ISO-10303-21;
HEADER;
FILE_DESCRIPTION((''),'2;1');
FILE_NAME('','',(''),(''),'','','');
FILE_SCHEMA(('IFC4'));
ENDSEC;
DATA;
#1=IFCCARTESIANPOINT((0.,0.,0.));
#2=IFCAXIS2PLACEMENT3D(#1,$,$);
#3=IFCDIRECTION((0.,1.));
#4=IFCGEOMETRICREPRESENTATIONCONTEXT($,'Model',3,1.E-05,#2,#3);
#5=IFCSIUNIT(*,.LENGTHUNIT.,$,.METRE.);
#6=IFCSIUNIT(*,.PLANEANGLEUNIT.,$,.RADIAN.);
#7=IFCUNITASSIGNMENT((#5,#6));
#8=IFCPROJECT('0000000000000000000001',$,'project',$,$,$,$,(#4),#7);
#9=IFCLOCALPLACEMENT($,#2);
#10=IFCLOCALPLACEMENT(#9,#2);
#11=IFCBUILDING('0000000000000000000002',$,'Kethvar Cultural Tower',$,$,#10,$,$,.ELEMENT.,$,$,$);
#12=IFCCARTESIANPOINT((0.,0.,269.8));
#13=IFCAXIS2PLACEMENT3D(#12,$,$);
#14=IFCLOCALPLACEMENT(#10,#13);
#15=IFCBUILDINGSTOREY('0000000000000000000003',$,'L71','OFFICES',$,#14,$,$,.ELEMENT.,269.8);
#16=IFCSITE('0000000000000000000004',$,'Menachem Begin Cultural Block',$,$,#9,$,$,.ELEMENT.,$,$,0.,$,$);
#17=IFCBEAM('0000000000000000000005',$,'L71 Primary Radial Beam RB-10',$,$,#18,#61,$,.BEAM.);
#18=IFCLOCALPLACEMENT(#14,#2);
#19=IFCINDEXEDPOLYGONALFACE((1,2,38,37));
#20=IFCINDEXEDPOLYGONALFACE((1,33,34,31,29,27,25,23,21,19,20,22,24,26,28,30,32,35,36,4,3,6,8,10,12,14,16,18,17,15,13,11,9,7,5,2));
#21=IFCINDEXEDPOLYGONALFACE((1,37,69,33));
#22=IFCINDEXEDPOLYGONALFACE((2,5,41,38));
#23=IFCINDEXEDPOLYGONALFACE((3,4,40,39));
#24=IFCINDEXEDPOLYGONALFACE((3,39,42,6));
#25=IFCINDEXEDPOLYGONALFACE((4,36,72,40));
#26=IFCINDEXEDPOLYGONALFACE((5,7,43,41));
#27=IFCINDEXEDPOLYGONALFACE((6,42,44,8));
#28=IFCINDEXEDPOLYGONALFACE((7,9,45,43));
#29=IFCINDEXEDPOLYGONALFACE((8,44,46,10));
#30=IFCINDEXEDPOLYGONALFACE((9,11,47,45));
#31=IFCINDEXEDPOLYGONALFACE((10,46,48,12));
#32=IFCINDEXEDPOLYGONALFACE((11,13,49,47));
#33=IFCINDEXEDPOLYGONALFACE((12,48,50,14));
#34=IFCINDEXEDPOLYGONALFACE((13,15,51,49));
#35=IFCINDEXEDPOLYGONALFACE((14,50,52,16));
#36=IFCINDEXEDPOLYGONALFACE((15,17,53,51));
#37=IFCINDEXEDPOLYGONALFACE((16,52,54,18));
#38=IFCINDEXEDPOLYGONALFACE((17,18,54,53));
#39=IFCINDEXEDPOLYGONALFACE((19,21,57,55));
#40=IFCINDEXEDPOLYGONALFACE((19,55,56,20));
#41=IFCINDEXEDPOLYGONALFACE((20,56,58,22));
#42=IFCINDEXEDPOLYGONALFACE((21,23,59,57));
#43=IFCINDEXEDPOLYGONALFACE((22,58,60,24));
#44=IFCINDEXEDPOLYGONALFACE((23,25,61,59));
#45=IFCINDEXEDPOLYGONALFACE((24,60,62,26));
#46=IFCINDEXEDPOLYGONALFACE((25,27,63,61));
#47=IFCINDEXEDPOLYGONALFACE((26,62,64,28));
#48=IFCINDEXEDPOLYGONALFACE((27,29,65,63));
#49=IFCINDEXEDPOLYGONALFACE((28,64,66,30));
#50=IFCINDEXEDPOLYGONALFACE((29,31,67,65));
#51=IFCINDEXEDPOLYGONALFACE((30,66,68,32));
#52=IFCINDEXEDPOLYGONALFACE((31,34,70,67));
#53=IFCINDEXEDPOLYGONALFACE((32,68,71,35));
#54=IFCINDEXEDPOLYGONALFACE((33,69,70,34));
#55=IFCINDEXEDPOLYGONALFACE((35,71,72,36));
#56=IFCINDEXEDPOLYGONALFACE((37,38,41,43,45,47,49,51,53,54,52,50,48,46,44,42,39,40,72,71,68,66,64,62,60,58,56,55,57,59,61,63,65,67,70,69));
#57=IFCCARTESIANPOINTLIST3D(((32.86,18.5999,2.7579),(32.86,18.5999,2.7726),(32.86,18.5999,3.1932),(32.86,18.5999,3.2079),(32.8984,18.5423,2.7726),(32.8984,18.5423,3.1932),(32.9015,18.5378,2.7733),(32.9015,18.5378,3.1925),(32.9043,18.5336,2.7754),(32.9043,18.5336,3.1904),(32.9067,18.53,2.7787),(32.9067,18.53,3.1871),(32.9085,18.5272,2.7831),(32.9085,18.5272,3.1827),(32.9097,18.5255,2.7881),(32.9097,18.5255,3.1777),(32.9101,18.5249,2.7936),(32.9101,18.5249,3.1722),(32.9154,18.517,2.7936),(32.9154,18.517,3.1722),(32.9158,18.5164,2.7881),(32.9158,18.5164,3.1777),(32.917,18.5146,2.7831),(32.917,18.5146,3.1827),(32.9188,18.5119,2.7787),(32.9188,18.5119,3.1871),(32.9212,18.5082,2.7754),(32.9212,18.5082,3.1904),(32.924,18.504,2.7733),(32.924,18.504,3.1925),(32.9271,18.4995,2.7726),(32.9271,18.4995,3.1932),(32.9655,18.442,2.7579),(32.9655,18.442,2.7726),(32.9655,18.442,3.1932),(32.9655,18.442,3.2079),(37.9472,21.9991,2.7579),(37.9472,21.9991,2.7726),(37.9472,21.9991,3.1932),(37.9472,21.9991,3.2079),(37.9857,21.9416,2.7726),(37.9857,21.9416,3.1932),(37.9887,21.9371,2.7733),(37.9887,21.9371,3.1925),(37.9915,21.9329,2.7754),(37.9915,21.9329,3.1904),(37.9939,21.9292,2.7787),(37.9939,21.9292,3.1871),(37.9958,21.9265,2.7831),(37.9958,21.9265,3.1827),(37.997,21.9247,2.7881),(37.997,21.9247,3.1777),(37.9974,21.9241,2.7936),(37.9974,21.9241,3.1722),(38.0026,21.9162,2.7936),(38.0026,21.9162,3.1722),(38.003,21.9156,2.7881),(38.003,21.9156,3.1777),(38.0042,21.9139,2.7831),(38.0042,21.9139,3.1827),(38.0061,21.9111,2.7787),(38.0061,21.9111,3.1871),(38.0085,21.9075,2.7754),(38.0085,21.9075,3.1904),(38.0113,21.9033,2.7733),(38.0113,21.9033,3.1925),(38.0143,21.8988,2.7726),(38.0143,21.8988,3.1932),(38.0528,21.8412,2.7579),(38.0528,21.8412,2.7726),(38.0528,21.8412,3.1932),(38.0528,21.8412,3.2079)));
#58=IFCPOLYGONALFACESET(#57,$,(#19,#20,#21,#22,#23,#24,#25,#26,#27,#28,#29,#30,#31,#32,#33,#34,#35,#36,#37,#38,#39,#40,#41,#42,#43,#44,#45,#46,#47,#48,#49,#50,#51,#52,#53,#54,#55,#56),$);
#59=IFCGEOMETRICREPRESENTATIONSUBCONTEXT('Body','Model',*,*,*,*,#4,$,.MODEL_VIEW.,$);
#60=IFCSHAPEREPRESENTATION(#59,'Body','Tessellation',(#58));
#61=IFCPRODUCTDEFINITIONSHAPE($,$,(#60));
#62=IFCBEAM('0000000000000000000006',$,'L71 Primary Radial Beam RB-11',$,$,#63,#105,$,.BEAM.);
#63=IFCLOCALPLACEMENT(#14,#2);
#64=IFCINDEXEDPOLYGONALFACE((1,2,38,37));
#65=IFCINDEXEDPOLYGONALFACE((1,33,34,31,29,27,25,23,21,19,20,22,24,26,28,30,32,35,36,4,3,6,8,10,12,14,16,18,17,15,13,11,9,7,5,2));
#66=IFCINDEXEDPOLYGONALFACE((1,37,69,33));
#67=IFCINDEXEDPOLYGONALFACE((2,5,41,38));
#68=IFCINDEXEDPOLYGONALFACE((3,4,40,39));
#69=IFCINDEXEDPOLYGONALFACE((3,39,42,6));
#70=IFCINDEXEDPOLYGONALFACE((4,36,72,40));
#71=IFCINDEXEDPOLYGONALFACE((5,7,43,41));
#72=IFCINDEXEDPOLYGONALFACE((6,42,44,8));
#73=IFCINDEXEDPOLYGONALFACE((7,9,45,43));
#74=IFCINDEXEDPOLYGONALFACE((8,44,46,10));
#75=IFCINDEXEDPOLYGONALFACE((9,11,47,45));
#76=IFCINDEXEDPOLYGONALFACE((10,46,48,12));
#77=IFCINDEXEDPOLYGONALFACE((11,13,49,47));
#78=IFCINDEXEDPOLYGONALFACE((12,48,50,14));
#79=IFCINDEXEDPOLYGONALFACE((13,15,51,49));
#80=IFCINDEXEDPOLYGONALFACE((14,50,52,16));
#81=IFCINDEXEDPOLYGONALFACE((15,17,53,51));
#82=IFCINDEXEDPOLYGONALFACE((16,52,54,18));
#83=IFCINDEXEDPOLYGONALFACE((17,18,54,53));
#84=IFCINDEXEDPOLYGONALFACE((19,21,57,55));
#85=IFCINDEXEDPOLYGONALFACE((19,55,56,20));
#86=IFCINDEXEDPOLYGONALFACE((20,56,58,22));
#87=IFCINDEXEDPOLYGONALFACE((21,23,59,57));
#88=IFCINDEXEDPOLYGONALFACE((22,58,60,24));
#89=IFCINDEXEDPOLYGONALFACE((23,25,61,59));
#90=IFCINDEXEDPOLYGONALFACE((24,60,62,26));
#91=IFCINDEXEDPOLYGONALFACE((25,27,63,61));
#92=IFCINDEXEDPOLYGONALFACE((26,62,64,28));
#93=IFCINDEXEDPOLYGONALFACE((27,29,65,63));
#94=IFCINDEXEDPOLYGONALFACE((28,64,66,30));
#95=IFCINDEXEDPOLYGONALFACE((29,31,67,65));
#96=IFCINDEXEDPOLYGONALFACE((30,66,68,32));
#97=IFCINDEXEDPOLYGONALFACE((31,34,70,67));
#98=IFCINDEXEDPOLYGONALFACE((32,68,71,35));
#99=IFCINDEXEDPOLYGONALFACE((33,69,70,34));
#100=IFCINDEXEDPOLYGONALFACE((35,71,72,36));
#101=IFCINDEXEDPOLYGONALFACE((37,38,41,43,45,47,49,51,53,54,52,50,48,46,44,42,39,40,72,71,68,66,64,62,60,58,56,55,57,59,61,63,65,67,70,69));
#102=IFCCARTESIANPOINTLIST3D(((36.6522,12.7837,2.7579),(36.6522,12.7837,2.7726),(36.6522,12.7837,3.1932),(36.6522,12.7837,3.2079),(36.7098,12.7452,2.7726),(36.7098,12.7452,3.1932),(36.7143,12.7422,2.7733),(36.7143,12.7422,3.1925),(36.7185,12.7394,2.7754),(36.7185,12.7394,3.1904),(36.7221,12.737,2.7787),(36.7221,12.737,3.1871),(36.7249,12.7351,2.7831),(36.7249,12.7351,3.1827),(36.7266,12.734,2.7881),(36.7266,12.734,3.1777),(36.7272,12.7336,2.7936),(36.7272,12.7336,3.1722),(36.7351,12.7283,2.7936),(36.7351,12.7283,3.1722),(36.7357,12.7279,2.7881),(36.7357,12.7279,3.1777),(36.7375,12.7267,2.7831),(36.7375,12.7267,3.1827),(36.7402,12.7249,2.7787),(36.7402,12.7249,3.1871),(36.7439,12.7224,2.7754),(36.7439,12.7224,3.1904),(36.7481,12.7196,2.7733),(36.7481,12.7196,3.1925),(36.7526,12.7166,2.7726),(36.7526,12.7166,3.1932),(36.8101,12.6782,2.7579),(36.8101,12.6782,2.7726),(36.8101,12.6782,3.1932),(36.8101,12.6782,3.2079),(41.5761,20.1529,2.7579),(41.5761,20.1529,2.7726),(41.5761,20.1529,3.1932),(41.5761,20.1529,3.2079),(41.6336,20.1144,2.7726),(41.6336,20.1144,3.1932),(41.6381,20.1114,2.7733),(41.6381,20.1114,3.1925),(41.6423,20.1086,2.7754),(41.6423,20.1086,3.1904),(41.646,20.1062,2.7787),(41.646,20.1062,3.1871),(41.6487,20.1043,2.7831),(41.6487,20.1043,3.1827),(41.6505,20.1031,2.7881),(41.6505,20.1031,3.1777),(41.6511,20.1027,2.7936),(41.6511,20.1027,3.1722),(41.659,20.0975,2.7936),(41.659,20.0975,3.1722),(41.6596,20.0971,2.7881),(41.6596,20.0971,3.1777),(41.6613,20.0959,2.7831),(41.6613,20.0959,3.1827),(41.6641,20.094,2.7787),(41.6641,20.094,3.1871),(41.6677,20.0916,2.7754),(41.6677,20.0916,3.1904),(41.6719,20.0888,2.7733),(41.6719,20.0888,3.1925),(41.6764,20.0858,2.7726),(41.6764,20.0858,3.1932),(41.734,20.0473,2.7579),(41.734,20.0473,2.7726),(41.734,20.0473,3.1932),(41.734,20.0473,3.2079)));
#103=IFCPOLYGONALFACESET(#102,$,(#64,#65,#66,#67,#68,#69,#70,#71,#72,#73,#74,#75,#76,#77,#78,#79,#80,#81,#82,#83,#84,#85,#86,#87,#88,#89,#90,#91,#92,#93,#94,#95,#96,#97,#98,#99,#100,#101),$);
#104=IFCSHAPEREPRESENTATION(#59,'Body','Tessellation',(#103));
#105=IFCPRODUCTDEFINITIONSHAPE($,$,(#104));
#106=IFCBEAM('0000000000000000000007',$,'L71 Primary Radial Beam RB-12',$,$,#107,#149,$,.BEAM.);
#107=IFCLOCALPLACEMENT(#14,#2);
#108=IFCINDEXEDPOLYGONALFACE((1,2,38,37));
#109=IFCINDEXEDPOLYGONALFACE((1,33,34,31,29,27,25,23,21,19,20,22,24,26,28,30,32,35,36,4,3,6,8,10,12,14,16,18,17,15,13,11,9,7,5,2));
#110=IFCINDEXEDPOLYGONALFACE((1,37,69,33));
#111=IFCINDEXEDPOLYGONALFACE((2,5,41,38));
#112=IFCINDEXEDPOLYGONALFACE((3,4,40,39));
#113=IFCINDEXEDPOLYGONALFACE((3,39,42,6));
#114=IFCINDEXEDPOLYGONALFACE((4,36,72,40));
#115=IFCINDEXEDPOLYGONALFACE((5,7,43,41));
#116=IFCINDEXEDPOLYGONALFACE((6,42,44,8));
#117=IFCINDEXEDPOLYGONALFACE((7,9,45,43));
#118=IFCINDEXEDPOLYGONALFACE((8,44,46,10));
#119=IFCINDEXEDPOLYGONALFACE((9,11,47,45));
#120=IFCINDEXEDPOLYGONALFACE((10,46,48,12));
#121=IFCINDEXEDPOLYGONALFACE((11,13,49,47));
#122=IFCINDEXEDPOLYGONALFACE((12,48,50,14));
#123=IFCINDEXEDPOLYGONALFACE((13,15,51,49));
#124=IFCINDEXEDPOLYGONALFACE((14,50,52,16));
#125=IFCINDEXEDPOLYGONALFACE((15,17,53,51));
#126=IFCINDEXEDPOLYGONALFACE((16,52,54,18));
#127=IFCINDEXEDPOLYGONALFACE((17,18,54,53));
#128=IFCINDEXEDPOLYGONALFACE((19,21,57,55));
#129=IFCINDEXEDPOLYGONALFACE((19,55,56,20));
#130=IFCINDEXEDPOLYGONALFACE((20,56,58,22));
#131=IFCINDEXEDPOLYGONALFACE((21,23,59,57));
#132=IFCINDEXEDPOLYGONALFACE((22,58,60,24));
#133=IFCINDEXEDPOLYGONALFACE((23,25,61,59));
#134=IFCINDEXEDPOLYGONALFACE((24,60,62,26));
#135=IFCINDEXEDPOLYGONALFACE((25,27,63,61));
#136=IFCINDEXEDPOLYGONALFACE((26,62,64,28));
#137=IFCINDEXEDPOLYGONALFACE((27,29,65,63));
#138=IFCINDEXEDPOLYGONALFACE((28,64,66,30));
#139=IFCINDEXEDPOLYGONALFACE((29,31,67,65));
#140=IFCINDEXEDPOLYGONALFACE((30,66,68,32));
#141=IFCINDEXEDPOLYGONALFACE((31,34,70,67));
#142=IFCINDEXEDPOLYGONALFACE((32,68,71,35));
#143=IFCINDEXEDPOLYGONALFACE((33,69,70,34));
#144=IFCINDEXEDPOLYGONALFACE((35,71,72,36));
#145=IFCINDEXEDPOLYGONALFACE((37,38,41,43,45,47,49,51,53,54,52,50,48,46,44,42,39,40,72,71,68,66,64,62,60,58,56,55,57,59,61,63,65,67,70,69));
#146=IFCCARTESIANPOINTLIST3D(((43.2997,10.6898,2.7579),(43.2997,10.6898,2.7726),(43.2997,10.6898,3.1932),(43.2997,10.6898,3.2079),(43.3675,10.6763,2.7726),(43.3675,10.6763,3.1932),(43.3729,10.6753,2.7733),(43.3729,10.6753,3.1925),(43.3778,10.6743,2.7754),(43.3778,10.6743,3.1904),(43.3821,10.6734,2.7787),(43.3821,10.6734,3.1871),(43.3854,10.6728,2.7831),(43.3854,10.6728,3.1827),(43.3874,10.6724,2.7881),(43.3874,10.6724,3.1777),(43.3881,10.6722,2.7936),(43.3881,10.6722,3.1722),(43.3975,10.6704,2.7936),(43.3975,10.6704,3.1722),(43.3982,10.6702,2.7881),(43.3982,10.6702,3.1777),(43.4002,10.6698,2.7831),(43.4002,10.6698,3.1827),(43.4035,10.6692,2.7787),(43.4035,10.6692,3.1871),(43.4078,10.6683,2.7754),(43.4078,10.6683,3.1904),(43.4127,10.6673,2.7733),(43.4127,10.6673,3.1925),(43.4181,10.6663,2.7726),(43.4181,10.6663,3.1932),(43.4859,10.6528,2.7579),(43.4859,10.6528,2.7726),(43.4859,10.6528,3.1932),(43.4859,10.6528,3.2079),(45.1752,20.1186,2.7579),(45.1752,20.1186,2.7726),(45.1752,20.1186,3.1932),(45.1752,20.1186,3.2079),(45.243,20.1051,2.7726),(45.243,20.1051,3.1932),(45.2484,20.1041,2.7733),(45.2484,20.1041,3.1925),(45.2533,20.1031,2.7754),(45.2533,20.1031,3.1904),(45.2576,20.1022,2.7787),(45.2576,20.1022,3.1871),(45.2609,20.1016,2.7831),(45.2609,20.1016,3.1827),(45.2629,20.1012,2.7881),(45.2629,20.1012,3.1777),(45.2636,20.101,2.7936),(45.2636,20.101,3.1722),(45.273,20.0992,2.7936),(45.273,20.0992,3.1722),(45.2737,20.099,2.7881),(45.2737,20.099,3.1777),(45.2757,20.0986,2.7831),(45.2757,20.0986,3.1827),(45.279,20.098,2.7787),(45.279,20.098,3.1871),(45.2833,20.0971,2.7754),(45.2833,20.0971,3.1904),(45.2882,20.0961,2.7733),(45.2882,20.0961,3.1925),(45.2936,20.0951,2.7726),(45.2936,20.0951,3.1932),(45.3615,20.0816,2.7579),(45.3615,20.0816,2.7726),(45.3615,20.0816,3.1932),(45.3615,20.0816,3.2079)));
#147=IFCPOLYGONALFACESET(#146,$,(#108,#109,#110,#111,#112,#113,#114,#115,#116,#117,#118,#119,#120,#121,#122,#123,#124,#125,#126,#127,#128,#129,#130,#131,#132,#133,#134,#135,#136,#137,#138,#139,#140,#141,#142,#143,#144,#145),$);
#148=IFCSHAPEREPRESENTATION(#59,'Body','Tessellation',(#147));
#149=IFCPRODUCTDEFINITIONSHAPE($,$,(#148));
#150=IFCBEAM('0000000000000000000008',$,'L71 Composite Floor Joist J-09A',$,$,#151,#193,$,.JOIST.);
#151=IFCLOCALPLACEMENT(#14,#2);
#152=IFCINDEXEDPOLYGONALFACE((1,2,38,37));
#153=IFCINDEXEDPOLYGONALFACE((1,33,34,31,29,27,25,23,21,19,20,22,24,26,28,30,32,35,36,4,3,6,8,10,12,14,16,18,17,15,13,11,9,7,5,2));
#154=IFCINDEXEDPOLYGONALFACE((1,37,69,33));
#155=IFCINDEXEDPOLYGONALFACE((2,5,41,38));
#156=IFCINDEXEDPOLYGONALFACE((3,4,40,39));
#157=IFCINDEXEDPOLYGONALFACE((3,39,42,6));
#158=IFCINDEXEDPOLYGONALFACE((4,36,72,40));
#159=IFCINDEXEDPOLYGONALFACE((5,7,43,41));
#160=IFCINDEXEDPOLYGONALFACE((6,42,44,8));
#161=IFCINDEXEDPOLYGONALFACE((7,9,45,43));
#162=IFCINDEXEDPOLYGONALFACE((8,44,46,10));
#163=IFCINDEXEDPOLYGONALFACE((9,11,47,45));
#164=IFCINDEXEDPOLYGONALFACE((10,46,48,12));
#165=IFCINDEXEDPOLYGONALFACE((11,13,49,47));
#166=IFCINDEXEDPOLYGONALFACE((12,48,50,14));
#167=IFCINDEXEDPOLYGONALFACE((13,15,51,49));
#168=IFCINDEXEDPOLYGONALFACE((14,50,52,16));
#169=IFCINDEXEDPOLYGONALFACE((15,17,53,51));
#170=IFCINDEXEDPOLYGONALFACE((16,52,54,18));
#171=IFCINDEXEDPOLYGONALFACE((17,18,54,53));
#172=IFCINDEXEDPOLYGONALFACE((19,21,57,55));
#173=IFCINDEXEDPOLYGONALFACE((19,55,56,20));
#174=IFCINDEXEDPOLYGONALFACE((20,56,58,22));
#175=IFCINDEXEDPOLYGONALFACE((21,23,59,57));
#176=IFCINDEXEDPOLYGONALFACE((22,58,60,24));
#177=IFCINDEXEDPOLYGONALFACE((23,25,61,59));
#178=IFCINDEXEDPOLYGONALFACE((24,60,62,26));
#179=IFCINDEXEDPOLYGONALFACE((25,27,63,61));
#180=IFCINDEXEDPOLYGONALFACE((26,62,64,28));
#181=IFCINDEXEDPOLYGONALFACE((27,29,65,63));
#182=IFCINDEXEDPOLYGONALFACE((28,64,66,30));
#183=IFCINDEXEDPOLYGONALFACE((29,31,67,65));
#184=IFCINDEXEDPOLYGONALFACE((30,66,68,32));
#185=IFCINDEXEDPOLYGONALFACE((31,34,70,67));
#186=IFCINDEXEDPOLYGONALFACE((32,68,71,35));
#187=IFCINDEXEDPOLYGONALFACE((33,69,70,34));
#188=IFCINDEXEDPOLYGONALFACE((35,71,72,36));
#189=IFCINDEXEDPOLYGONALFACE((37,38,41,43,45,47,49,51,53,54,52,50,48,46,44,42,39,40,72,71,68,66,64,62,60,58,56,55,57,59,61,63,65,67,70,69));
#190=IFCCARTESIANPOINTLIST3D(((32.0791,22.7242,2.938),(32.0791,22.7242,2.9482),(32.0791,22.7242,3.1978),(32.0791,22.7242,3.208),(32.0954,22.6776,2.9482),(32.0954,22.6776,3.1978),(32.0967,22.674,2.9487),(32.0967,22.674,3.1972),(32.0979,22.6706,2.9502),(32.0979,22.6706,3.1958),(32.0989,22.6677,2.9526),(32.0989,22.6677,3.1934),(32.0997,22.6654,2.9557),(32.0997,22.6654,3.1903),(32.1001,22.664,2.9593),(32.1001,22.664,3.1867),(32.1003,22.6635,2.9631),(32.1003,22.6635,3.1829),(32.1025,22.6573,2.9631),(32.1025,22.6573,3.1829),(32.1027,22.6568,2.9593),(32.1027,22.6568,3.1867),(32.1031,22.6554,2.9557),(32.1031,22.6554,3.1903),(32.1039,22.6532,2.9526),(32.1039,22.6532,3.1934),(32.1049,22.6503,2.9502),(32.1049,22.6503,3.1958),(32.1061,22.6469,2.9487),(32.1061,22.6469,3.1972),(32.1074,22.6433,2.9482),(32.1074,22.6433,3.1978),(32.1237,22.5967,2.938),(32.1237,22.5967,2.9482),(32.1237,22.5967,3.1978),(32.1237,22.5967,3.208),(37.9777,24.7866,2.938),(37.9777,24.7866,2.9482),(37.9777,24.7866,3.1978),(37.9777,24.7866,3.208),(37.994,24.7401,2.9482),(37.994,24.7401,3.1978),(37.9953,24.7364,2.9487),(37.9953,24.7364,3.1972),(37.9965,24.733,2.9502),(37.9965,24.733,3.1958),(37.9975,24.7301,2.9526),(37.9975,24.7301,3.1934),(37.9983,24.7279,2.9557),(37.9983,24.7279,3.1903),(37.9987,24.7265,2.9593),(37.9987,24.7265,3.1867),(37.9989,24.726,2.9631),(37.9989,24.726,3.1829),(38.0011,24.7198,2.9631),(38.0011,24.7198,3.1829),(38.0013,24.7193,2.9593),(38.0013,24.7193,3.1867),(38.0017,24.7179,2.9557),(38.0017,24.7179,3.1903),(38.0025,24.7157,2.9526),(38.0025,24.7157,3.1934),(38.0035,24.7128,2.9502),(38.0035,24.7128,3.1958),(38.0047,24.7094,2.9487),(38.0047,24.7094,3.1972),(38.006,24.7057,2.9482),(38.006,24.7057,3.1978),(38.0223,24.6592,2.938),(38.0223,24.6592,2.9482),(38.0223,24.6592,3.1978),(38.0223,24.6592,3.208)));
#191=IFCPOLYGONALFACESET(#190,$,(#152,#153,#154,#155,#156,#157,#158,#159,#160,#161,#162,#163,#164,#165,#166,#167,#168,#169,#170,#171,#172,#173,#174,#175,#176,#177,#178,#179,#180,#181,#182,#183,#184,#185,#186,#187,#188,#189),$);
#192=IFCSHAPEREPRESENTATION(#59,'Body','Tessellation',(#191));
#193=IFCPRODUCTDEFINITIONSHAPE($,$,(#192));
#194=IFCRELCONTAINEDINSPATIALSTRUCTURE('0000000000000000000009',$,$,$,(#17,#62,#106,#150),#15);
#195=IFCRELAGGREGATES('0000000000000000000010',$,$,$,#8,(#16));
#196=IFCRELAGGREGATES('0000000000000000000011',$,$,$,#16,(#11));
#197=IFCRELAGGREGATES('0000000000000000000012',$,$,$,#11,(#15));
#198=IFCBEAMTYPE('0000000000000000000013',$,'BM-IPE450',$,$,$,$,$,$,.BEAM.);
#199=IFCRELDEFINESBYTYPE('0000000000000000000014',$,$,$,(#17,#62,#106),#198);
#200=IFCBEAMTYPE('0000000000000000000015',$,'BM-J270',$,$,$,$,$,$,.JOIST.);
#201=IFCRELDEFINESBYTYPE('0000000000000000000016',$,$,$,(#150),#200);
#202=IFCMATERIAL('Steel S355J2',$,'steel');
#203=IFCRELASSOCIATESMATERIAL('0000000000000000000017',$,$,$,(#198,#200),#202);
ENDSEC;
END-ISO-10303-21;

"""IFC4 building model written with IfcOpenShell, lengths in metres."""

from ifc_helpers import new_model, si_unit, direction, frame, origin, origin_2d, place, context, subcontext, project, spatial, i_section, extrude, source, transform, mapped, material, material_profile, profile_set, type_object, element, save


model = new_model("IFC4")

# Units and contexts
model_context = context("Model", 3, precision=1e-05, world=origin(), true_north=direction((0.0, 1.0)))
body_context = subcontext(model_context, "Body", "Model", "MODEL_VIEW")
ifc_project = project(units=[si_unit("LENGTHUNIT", "METRE"), si_unit("PLANEANGLEUNIT", "RADIAN")], contexts=[model_context])

# Site, building, storey
site_placement = place(None, origin())
site = spatial("IfcSite", under=ifc_project, at=site_placement, Name="Menachem Begin Cultural Block", CompositionType="ELEMENT", RefElevation=0.0)
building_placement = place(site_placement, origin())
building = spatial("IfcBuilding", under=site, at=building_placement, Name="Kethvar Cultural Tower", CompositionType="ELEMENT")
storey_placement = place(building_placement, frame((0.0, 0.0, 269.8)))
storey = spatial("IfcBuildingStorey", under=building, at=storey_placement, Name="L71", Description="OFFICES", CompositionType="ELEMENT", Elevation=269.8)

# Beams
ifc_material_1 = material(Name="Steel S355J2", Category="steel")
ifc_material_profile_1 = material_profile(ifc_material_1, i_section(OverallWidth=0.1899, OverallDepth=0.45, WebThickness=0.0095, FlangeThickness=0.0146, FilletRadius=0.021, at=origin_2d()), Name="Steel S355J2 — IPE450")
ifc_profile_set_1 = profile_set([ifc_material_profile_1], Name="Steel S355J2 — IPE450")
beam_type_1 = type_object("IfcBeamType", Name="BM-IPE450", PredefinedType="BEAM", material=ifc_profile_set_1)
shared_shape_1 = source(origin(), body_context, "Body", "SweptSolid", [
    extrude(i_section(OverallWidth=0.1899, OverallDepth=0.45, WebThickness=0.0095, FlangeThickness=0.0146, FilletRadius=0.021, at=origin_2d()), origin(), (0.0, 0.0, 1.0), 6.1184),
])
beam_1_placement = place(storey_placement, frame((38.0, 21.9202, 2.9829), z_axis=(-0.831467, -0.555575, 0.0), x_axis=(0.555575, -0.831467, 0.0)))
element("IfcBeam", 1, at=beam_1_placement, inside=storey, type_object=beam_type_1, Name="L71 Primary Radial Beam RB-10", PredefinedType="BEAM", context=body_context, shape_type="MappedRepresentation", body=[
    mapped(shared_shape_1, transform((0.0, 0.0, 0.0), scale=1.0)),
])
shared_shape_2 = source(origin(), body_context, "Body", "SweptSolid", [
    extrude(i_section(OverallWidth=0.1899, OverallDepth=0.45, WebThickness=0.0095, FlangeThickness=0.0146, FilletRadius=0.021, at=origin_2d()), origin(), (0.0, 0.0, 1.0), 8.8628),
])
beam_2_placement = place(storey_placement, frame((41.655, 20.1001, 2.9829), z_axis=(-0.555564, -0.831473, 0.0), x_axis=(0.831473, -0.555564, 0.0)))
element("IfcBeam", 2, at=beam_2_placement, inside=storey, type_object=beam_type_1, Name="L71 Primary Radial Beam RB-11", PredefinedType="BEAM", context=body_context, shape_type="MappedRepresentation", body=[
    mapped(shared_shape_2, transform((0.0, 0.0, 0.0), scale=1.0)),
])
shared_shape_3 = source(origin(), body_context, "Body", "SweptSolid", [
    extrude(i_section(OverallWidth=0.1899, OverallDepth=0.45, WebThickness=0.0095, FlangeThickness=0.0146, FilletRadius=0.021, at=origin_2d()), origin(), (0.0, 0.0, 1.0), 9.6135),
])
beam_3_placement = place(storey_placement, frame((45.2683, 20.1001, 2.9829), z_axis=(-0.19509, -0.980785, 0.0), x_axis=(0.980785, -0.19509, 0.0)))
element("IfcBeam", 3, at=beam_3_placement, inside=storey, type_object=beam_type_1, Name="L71 Primary Radial Beam RB-12", PredefinedType="BEAM", context=body_context, shape_type="MappedRepresentation", body=[
    mapped(shared_shape_3, transform((0.0, 0.0, 0.0), scale=1.0)),
])
ifc_material_profile_2 = material_profile(ifc_material_1, i_section(OverallWidth=0.135, OverallDepth=0.27, WebThickness=0.0066, FlangeThickness=0.0103, FilletRadius=0.0149, at=origin_2d()), Name="Steel S355J2 — IPE270")
ifc_profile_set_2 = profile_set([ifc_material_profile_2], Name="Steel S355J2 — IPE270")
beam_type_2 = type_object("IfcBeamType", Name="BM-J270", PredefinedType="JOIST", material=ifc_profile_set_2)
shared_shape_4 = source(origin(), body_context, "Body", "SweptSolid", [
    extrude(i_section(OverallWidth=0.135, OverallDepth=0.27, WebThickness=0.0066, FlangeThickness=0.0103, FilletRadius=0.0149, at=origin_2d()), origin(), (0.0, 0.0, 1.0), 6.2488),
])
beam_4_placement = place(storey_placement, frame((38.0, 24.7229, 3.073), z_axis=(-0.94396, -0.33006, 0.0), x_axis=(0.33006, -0.94396, 0.0)))
element("IfcBeam", 4, at=beam_4_placement, inside=storey, type_object=beam_type_2, Name="L71 Composite Floor Joist J-09A", PredefinedType="JOIST", context=body_context, shape_type="MappedRepresentation", body=[
    mapped(shared_shape_4, transform((0.0, 0.0, 0.0), scale=1.0)),
])

save(model, "model.ifc")
